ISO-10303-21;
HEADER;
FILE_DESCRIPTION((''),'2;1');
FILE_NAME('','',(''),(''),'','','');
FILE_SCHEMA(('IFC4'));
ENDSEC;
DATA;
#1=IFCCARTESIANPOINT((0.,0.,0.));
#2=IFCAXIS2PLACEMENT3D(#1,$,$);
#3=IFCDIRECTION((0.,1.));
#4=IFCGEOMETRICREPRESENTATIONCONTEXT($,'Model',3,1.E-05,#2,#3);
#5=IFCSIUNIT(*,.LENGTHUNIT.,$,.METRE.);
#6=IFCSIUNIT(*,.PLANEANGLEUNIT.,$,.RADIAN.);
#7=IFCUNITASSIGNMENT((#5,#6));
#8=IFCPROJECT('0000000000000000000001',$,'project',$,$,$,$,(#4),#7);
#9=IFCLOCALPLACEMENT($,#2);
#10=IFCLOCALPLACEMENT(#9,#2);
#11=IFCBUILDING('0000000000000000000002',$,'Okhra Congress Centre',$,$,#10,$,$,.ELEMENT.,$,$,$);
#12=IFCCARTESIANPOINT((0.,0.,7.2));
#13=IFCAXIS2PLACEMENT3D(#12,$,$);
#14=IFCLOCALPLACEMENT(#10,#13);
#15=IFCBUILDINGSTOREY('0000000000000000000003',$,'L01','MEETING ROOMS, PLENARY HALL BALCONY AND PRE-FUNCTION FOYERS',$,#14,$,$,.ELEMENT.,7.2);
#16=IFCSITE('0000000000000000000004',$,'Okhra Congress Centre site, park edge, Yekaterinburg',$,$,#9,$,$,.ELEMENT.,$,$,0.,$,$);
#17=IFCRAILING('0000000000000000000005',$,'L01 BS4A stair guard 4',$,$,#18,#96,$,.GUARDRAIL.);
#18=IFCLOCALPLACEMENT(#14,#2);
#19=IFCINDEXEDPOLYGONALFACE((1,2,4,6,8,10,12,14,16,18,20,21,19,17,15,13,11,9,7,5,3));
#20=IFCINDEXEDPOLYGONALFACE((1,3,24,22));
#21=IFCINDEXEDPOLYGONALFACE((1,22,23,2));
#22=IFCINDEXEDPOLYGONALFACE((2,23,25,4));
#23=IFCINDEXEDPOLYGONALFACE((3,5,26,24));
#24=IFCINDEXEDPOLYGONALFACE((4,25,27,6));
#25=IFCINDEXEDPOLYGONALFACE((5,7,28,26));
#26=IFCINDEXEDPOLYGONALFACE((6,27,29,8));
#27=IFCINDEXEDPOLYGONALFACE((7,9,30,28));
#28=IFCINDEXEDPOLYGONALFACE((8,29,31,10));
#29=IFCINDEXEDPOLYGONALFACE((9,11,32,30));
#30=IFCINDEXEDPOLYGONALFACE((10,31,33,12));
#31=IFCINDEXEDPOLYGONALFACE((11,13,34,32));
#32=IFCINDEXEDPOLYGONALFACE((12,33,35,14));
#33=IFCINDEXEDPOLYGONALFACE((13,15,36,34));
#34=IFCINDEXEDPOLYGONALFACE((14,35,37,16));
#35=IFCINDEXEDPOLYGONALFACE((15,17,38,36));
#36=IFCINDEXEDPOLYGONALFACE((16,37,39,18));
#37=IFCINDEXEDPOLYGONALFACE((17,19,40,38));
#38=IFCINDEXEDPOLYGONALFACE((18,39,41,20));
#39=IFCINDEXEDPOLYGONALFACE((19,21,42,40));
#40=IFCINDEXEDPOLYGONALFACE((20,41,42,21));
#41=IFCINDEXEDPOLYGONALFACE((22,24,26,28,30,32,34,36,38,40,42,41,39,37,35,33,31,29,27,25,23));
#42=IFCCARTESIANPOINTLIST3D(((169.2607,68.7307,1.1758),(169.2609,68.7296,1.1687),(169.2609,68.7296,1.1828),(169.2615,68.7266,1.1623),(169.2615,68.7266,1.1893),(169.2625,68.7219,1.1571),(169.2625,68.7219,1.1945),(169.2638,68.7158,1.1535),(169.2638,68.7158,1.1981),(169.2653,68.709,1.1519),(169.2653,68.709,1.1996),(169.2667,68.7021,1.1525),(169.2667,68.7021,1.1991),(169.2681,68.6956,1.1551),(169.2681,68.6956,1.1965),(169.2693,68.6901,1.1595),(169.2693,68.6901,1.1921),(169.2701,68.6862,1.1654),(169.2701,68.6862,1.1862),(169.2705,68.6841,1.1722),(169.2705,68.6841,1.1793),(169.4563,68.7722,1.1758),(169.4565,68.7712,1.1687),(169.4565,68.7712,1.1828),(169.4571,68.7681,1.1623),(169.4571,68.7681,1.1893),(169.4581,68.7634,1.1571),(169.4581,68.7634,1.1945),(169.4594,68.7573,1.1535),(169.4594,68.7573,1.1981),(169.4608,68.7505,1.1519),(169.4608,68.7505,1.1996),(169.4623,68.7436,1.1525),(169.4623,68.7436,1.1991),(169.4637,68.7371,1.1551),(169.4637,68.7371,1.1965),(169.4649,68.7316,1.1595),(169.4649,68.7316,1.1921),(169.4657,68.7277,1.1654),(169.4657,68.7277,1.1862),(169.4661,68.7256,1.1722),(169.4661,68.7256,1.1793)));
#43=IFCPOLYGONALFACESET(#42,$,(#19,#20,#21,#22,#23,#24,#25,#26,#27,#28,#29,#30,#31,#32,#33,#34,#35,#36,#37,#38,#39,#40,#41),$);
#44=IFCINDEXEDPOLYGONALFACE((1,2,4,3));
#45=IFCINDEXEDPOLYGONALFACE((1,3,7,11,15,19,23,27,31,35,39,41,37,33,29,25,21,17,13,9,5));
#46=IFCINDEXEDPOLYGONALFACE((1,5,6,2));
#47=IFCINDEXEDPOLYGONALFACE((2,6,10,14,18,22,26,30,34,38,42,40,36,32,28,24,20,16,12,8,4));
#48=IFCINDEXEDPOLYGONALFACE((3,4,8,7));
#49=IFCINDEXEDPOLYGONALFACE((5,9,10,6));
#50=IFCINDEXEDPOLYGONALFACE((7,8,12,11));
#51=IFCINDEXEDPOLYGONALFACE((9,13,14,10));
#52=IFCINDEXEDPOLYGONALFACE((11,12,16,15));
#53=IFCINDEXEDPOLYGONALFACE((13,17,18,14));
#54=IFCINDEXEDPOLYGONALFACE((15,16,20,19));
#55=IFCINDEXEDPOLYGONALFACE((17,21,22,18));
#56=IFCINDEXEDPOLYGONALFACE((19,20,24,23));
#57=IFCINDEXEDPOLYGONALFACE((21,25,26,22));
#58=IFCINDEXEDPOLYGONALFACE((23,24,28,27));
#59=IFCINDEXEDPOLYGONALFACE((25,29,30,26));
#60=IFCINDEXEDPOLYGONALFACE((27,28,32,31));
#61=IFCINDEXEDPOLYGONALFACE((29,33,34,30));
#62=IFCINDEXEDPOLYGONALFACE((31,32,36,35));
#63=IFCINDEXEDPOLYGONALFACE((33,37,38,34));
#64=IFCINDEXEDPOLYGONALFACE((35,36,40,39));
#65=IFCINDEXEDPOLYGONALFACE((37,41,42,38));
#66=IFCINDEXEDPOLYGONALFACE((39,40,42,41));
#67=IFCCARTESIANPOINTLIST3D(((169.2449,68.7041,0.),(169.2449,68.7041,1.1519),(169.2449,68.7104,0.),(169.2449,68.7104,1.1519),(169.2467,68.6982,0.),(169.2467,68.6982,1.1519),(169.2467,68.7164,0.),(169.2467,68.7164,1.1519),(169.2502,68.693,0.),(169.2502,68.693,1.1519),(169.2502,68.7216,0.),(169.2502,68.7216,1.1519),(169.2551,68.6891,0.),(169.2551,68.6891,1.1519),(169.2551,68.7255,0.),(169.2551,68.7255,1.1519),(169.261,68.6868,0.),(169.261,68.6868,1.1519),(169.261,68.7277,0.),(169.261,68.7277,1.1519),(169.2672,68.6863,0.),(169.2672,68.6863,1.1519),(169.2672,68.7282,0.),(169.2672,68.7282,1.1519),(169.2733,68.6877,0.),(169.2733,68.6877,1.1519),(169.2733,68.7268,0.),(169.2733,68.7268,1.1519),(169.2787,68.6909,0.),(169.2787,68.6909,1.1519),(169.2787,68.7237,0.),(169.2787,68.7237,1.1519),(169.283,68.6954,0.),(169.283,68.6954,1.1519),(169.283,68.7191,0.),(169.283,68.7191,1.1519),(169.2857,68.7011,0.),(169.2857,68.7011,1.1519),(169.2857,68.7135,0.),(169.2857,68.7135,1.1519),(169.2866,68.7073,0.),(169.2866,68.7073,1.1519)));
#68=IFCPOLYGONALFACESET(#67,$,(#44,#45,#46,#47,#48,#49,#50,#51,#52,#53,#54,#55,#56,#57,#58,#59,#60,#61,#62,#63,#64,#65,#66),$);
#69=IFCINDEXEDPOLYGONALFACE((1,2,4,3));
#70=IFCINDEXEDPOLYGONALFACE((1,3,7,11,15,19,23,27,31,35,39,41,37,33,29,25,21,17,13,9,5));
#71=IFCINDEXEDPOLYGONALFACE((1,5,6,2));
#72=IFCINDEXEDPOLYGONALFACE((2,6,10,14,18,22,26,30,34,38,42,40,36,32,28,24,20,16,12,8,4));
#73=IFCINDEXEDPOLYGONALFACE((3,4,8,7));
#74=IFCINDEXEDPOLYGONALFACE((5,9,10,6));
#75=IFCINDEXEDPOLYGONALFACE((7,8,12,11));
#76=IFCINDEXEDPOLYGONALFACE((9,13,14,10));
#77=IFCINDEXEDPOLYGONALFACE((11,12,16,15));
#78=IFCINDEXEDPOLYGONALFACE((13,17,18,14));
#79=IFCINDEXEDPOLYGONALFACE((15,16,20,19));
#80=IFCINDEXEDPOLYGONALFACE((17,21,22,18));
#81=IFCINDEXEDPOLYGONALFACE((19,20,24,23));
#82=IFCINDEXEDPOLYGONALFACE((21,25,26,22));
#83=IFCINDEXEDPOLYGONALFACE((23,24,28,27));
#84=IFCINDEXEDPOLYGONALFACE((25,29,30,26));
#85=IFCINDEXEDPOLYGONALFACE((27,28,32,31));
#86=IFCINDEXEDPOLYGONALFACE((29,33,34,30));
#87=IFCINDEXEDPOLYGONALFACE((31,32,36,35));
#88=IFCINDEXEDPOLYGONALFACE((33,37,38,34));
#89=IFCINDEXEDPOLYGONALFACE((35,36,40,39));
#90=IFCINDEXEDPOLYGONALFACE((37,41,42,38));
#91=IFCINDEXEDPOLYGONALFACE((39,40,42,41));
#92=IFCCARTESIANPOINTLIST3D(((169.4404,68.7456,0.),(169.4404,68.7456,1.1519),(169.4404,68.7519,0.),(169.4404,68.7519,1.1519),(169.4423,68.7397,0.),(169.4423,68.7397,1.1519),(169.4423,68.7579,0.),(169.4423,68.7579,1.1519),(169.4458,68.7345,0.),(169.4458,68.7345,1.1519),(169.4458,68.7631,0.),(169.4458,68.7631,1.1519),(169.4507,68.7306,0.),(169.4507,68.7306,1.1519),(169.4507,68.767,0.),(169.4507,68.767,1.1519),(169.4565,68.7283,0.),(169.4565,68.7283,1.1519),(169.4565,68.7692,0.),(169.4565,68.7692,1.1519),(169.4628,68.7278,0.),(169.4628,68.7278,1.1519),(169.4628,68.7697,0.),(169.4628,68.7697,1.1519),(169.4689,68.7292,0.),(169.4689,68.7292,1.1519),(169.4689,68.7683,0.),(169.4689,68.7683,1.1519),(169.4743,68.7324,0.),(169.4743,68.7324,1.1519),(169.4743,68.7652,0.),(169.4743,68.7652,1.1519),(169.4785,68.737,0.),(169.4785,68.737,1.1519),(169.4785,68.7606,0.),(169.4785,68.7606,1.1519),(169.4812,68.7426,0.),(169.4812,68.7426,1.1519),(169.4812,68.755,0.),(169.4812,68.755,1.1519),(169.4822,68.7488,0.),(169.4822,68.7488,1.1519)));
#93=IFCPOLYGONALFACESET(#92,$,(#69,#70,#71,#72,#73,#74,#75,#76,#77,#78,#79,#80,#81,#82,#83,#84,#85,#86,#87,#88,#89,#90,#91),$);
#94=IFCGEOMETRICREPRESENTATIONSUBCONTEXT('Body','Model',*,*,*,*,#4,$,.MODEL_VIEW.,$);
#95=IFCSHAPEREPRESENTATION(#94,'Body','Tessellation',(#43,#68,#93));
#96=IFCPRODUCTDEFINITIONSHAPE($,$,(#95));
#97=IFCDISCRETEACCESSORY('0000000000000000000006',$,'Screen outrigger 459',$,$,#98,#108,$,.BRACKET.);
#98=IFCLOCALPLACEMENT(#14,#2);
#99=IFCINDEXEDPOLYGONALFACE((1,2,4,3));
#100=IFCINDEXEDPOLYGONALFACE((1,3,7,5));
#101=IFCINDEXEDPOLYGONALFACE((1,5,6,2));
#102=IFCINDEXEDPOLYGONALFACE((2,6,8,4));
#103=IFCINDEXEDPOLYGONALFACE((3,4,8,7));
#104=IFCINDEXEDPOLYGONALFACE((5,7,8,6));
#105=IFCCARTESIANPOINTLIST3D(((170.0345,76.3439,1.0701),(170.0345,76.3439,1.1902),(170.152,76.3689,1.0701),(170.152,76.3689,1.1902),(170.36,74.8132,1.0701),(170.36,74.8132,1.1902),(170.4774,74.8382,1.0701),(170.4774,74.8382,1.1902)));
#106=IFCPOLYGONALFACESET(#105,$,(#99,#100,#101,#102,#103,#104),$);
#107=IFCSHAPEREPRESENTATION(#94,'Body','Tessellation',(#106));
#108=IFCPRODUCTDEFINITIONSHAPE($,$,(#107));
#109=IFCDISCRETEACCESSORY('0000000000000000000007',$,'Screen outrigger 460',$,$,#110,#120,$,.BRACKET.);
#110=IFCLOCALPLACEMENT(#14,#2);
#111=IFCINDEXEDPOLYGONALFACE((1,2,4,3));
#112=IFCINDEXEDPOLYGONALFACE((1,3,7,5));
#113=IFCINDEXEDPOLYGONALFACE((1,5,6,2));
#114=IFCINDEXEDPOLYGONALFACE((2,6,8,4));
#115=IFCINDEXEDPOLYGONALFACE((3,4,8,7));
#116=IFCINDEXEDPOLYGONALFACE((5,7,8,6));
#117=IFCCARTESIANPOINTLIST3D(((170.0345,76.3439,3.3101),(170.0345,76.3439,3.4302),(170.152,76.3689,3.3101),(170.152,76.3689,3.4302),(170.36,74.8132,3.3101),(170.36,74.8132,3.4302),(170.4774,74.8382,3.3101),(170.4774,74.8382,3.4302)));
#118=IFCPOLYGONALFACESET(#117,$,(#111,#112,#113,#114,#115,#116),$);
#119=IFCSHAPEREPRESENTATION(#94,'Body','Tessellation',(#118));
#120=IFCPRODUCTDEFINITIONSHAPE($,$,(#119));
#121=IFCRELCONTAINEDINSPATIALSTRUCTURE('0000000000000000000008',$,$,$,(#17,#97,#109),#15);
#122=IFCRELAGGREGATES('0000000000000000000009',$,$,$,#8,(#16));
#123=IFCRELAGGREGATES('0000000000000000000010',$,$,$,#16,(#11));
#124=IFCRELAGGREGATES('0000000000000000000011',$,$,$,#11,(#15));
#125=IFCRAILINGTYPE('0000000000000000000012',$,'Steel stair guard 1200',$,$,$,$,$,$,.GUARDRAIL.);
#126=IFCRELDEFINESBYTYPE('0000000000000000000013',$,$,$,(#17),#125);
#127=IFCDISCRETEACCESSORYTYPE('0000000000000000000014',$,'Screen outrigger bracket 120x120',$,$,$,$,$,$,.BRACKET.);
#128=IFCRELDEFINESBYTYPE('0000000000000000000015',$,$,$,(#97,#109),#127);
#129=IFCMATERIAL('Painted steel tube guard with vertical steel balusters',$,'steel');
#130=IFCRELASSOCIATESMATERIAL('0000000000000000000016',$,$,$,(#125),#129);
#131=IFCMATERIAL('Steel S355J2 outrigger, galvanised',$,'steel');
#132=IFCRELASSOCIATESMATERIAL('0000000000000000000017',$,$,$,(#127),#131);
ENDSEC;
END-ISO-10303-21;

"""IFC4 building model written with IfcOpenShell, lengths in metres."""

from ifc_helpers import new_model, si_unit, direction, frame, origin, origin_2d, place, context, subcontext, project, spatial, rectangle, circle, extrude, material, material_profile, profile_set, type_object, element, save


model = new_model("IFC4")

# Units and contexts
model_context = context("Model", 3, precision=1e-05, world=origin(), true_north=direction((0.0, 1.0)))
body_context = subcontext(model_context, "Body", "Model", "MODEL_VIEW")
ifc_project = project(units=[si_unit("LENGTHUNIT", "METRE"), si_unit("PLANEANGLEUNIT", "RADIAN")], contexts=[model_context])

# Site, building, storey
site_placement = place(None, origin())
site = spatial("IfcSite", under=ifc_project, at=site_placement, Name="Okhra Congress Centre site, park edge, Yekaterinburg", CompositionType="ELEMENT", RefElevation=0.0)
building_placement = place(site_placement, origin())
building = spatial("IfcBuilding", under=site, at=building_placement, Name="Okhra Congress Centre", CompositionType="ELEMENT")
storey_placement = place(building_placement, frame((0.0, 0.0, 7.2)))
storey = spatial("IfcBuildingStorey", under=building, at=storey_placement, Name="L01", Description="MEETING ROOMS, PLENARY HALL BALCONY AND PRE-FUNCTION FOYERS", CompositionType="ELEMENT", Elevation=7.2)

# Railing
ifc_material_1 = material(Name="Painted steel tube guard with vertical steel balusters", Category="steel")
railing_type_1 = type_object("IfcRailingType", Name="Steel stair guard 1200", PredefinedType="GUARDRAIL", material=ifc_material_1)
railing_1_placement = place(storey_placement, frame((169.2656, 68.7073, 0.0)))
element("IfcRailing", 1, at=railing_1_placement, inside=storey, type_object=railing_type_1, Name="L01 BS4A stair guard 4", PredefinedType="GUARDRAIL", context=body_context, shape_type="SweptSolid", body=[
    extrude(circle(Radius=0.0239, at=origin_2d()), frame((0.0, 0.0, 1.1758), z_axis=(0.978212, 0.20761, 0.0), x_axis=(-0.20761, 0.978212, 0.0)), (0.0, 0.0, 1.0), 0.2),
    extrude(circle(Radius=0.021, at=origin_2d()), origin(), (0.0, 0.0, 1.0), 1.1519),
    extrude(circle(Radius=0.021, at=origin_2d()), frame((0.1956, 0.0415, 0.0)), (0.0, 0.0, 1.0), 1.1519),
])

# Discrete accessories
ifc_material_2 = material(Name="Steel S355J2 outrigger, galvanised", Category="steel")
ifc_material_profile_1 = material_profile(ifc_material_2, rectangle(XDim=0.1201, YDim=0.1201, at=origin_2d()), Name="Screen outrigger bracket 120x120")
ifc_profile_set_1 = profile_set([ifc_material_profile_1], Name="Steel S355J2 outrigger, galvanised")
discrete_accessory_type = type_object("IfcDiscreteAccessoryType", Name="Screen outrigger bracket 120x120", PredefinedType="BRACKET", material=ifc_profile_set_1)
for number, where, z_axis, x_axis, name in (
    (2, (170.4187, 74.8257, 1.1301), (-0.207952, 0.978139, 0.0), (-0.978139, -0.207952, 0.0), "Screen outrigger 459"),
    (3, (170.4187, 74.8257, 3.3701), (-0.207952, 0.978139, 0.0), (-0.978139, -0.207952, 0.0), "Screen outrigger 460"),
):
    element("IfcDiscreteAccessory", number, at=place(storey_placement, frame(where, z_axis=z_axis, x_axis=x_axis)), inside=storey, type_object=discrete_accessory_type, Name=name, PredefinedType="BRACKET", context=body_context, shape_type="SweptSolid", body=[
        extrude(rectangle(XDim=0.1201, YDim=0.1201, at=origin_2d()), origin(), (0.0, 0.0, 1.0), 1.5649),
    ])

save(model, "model.ifc")
